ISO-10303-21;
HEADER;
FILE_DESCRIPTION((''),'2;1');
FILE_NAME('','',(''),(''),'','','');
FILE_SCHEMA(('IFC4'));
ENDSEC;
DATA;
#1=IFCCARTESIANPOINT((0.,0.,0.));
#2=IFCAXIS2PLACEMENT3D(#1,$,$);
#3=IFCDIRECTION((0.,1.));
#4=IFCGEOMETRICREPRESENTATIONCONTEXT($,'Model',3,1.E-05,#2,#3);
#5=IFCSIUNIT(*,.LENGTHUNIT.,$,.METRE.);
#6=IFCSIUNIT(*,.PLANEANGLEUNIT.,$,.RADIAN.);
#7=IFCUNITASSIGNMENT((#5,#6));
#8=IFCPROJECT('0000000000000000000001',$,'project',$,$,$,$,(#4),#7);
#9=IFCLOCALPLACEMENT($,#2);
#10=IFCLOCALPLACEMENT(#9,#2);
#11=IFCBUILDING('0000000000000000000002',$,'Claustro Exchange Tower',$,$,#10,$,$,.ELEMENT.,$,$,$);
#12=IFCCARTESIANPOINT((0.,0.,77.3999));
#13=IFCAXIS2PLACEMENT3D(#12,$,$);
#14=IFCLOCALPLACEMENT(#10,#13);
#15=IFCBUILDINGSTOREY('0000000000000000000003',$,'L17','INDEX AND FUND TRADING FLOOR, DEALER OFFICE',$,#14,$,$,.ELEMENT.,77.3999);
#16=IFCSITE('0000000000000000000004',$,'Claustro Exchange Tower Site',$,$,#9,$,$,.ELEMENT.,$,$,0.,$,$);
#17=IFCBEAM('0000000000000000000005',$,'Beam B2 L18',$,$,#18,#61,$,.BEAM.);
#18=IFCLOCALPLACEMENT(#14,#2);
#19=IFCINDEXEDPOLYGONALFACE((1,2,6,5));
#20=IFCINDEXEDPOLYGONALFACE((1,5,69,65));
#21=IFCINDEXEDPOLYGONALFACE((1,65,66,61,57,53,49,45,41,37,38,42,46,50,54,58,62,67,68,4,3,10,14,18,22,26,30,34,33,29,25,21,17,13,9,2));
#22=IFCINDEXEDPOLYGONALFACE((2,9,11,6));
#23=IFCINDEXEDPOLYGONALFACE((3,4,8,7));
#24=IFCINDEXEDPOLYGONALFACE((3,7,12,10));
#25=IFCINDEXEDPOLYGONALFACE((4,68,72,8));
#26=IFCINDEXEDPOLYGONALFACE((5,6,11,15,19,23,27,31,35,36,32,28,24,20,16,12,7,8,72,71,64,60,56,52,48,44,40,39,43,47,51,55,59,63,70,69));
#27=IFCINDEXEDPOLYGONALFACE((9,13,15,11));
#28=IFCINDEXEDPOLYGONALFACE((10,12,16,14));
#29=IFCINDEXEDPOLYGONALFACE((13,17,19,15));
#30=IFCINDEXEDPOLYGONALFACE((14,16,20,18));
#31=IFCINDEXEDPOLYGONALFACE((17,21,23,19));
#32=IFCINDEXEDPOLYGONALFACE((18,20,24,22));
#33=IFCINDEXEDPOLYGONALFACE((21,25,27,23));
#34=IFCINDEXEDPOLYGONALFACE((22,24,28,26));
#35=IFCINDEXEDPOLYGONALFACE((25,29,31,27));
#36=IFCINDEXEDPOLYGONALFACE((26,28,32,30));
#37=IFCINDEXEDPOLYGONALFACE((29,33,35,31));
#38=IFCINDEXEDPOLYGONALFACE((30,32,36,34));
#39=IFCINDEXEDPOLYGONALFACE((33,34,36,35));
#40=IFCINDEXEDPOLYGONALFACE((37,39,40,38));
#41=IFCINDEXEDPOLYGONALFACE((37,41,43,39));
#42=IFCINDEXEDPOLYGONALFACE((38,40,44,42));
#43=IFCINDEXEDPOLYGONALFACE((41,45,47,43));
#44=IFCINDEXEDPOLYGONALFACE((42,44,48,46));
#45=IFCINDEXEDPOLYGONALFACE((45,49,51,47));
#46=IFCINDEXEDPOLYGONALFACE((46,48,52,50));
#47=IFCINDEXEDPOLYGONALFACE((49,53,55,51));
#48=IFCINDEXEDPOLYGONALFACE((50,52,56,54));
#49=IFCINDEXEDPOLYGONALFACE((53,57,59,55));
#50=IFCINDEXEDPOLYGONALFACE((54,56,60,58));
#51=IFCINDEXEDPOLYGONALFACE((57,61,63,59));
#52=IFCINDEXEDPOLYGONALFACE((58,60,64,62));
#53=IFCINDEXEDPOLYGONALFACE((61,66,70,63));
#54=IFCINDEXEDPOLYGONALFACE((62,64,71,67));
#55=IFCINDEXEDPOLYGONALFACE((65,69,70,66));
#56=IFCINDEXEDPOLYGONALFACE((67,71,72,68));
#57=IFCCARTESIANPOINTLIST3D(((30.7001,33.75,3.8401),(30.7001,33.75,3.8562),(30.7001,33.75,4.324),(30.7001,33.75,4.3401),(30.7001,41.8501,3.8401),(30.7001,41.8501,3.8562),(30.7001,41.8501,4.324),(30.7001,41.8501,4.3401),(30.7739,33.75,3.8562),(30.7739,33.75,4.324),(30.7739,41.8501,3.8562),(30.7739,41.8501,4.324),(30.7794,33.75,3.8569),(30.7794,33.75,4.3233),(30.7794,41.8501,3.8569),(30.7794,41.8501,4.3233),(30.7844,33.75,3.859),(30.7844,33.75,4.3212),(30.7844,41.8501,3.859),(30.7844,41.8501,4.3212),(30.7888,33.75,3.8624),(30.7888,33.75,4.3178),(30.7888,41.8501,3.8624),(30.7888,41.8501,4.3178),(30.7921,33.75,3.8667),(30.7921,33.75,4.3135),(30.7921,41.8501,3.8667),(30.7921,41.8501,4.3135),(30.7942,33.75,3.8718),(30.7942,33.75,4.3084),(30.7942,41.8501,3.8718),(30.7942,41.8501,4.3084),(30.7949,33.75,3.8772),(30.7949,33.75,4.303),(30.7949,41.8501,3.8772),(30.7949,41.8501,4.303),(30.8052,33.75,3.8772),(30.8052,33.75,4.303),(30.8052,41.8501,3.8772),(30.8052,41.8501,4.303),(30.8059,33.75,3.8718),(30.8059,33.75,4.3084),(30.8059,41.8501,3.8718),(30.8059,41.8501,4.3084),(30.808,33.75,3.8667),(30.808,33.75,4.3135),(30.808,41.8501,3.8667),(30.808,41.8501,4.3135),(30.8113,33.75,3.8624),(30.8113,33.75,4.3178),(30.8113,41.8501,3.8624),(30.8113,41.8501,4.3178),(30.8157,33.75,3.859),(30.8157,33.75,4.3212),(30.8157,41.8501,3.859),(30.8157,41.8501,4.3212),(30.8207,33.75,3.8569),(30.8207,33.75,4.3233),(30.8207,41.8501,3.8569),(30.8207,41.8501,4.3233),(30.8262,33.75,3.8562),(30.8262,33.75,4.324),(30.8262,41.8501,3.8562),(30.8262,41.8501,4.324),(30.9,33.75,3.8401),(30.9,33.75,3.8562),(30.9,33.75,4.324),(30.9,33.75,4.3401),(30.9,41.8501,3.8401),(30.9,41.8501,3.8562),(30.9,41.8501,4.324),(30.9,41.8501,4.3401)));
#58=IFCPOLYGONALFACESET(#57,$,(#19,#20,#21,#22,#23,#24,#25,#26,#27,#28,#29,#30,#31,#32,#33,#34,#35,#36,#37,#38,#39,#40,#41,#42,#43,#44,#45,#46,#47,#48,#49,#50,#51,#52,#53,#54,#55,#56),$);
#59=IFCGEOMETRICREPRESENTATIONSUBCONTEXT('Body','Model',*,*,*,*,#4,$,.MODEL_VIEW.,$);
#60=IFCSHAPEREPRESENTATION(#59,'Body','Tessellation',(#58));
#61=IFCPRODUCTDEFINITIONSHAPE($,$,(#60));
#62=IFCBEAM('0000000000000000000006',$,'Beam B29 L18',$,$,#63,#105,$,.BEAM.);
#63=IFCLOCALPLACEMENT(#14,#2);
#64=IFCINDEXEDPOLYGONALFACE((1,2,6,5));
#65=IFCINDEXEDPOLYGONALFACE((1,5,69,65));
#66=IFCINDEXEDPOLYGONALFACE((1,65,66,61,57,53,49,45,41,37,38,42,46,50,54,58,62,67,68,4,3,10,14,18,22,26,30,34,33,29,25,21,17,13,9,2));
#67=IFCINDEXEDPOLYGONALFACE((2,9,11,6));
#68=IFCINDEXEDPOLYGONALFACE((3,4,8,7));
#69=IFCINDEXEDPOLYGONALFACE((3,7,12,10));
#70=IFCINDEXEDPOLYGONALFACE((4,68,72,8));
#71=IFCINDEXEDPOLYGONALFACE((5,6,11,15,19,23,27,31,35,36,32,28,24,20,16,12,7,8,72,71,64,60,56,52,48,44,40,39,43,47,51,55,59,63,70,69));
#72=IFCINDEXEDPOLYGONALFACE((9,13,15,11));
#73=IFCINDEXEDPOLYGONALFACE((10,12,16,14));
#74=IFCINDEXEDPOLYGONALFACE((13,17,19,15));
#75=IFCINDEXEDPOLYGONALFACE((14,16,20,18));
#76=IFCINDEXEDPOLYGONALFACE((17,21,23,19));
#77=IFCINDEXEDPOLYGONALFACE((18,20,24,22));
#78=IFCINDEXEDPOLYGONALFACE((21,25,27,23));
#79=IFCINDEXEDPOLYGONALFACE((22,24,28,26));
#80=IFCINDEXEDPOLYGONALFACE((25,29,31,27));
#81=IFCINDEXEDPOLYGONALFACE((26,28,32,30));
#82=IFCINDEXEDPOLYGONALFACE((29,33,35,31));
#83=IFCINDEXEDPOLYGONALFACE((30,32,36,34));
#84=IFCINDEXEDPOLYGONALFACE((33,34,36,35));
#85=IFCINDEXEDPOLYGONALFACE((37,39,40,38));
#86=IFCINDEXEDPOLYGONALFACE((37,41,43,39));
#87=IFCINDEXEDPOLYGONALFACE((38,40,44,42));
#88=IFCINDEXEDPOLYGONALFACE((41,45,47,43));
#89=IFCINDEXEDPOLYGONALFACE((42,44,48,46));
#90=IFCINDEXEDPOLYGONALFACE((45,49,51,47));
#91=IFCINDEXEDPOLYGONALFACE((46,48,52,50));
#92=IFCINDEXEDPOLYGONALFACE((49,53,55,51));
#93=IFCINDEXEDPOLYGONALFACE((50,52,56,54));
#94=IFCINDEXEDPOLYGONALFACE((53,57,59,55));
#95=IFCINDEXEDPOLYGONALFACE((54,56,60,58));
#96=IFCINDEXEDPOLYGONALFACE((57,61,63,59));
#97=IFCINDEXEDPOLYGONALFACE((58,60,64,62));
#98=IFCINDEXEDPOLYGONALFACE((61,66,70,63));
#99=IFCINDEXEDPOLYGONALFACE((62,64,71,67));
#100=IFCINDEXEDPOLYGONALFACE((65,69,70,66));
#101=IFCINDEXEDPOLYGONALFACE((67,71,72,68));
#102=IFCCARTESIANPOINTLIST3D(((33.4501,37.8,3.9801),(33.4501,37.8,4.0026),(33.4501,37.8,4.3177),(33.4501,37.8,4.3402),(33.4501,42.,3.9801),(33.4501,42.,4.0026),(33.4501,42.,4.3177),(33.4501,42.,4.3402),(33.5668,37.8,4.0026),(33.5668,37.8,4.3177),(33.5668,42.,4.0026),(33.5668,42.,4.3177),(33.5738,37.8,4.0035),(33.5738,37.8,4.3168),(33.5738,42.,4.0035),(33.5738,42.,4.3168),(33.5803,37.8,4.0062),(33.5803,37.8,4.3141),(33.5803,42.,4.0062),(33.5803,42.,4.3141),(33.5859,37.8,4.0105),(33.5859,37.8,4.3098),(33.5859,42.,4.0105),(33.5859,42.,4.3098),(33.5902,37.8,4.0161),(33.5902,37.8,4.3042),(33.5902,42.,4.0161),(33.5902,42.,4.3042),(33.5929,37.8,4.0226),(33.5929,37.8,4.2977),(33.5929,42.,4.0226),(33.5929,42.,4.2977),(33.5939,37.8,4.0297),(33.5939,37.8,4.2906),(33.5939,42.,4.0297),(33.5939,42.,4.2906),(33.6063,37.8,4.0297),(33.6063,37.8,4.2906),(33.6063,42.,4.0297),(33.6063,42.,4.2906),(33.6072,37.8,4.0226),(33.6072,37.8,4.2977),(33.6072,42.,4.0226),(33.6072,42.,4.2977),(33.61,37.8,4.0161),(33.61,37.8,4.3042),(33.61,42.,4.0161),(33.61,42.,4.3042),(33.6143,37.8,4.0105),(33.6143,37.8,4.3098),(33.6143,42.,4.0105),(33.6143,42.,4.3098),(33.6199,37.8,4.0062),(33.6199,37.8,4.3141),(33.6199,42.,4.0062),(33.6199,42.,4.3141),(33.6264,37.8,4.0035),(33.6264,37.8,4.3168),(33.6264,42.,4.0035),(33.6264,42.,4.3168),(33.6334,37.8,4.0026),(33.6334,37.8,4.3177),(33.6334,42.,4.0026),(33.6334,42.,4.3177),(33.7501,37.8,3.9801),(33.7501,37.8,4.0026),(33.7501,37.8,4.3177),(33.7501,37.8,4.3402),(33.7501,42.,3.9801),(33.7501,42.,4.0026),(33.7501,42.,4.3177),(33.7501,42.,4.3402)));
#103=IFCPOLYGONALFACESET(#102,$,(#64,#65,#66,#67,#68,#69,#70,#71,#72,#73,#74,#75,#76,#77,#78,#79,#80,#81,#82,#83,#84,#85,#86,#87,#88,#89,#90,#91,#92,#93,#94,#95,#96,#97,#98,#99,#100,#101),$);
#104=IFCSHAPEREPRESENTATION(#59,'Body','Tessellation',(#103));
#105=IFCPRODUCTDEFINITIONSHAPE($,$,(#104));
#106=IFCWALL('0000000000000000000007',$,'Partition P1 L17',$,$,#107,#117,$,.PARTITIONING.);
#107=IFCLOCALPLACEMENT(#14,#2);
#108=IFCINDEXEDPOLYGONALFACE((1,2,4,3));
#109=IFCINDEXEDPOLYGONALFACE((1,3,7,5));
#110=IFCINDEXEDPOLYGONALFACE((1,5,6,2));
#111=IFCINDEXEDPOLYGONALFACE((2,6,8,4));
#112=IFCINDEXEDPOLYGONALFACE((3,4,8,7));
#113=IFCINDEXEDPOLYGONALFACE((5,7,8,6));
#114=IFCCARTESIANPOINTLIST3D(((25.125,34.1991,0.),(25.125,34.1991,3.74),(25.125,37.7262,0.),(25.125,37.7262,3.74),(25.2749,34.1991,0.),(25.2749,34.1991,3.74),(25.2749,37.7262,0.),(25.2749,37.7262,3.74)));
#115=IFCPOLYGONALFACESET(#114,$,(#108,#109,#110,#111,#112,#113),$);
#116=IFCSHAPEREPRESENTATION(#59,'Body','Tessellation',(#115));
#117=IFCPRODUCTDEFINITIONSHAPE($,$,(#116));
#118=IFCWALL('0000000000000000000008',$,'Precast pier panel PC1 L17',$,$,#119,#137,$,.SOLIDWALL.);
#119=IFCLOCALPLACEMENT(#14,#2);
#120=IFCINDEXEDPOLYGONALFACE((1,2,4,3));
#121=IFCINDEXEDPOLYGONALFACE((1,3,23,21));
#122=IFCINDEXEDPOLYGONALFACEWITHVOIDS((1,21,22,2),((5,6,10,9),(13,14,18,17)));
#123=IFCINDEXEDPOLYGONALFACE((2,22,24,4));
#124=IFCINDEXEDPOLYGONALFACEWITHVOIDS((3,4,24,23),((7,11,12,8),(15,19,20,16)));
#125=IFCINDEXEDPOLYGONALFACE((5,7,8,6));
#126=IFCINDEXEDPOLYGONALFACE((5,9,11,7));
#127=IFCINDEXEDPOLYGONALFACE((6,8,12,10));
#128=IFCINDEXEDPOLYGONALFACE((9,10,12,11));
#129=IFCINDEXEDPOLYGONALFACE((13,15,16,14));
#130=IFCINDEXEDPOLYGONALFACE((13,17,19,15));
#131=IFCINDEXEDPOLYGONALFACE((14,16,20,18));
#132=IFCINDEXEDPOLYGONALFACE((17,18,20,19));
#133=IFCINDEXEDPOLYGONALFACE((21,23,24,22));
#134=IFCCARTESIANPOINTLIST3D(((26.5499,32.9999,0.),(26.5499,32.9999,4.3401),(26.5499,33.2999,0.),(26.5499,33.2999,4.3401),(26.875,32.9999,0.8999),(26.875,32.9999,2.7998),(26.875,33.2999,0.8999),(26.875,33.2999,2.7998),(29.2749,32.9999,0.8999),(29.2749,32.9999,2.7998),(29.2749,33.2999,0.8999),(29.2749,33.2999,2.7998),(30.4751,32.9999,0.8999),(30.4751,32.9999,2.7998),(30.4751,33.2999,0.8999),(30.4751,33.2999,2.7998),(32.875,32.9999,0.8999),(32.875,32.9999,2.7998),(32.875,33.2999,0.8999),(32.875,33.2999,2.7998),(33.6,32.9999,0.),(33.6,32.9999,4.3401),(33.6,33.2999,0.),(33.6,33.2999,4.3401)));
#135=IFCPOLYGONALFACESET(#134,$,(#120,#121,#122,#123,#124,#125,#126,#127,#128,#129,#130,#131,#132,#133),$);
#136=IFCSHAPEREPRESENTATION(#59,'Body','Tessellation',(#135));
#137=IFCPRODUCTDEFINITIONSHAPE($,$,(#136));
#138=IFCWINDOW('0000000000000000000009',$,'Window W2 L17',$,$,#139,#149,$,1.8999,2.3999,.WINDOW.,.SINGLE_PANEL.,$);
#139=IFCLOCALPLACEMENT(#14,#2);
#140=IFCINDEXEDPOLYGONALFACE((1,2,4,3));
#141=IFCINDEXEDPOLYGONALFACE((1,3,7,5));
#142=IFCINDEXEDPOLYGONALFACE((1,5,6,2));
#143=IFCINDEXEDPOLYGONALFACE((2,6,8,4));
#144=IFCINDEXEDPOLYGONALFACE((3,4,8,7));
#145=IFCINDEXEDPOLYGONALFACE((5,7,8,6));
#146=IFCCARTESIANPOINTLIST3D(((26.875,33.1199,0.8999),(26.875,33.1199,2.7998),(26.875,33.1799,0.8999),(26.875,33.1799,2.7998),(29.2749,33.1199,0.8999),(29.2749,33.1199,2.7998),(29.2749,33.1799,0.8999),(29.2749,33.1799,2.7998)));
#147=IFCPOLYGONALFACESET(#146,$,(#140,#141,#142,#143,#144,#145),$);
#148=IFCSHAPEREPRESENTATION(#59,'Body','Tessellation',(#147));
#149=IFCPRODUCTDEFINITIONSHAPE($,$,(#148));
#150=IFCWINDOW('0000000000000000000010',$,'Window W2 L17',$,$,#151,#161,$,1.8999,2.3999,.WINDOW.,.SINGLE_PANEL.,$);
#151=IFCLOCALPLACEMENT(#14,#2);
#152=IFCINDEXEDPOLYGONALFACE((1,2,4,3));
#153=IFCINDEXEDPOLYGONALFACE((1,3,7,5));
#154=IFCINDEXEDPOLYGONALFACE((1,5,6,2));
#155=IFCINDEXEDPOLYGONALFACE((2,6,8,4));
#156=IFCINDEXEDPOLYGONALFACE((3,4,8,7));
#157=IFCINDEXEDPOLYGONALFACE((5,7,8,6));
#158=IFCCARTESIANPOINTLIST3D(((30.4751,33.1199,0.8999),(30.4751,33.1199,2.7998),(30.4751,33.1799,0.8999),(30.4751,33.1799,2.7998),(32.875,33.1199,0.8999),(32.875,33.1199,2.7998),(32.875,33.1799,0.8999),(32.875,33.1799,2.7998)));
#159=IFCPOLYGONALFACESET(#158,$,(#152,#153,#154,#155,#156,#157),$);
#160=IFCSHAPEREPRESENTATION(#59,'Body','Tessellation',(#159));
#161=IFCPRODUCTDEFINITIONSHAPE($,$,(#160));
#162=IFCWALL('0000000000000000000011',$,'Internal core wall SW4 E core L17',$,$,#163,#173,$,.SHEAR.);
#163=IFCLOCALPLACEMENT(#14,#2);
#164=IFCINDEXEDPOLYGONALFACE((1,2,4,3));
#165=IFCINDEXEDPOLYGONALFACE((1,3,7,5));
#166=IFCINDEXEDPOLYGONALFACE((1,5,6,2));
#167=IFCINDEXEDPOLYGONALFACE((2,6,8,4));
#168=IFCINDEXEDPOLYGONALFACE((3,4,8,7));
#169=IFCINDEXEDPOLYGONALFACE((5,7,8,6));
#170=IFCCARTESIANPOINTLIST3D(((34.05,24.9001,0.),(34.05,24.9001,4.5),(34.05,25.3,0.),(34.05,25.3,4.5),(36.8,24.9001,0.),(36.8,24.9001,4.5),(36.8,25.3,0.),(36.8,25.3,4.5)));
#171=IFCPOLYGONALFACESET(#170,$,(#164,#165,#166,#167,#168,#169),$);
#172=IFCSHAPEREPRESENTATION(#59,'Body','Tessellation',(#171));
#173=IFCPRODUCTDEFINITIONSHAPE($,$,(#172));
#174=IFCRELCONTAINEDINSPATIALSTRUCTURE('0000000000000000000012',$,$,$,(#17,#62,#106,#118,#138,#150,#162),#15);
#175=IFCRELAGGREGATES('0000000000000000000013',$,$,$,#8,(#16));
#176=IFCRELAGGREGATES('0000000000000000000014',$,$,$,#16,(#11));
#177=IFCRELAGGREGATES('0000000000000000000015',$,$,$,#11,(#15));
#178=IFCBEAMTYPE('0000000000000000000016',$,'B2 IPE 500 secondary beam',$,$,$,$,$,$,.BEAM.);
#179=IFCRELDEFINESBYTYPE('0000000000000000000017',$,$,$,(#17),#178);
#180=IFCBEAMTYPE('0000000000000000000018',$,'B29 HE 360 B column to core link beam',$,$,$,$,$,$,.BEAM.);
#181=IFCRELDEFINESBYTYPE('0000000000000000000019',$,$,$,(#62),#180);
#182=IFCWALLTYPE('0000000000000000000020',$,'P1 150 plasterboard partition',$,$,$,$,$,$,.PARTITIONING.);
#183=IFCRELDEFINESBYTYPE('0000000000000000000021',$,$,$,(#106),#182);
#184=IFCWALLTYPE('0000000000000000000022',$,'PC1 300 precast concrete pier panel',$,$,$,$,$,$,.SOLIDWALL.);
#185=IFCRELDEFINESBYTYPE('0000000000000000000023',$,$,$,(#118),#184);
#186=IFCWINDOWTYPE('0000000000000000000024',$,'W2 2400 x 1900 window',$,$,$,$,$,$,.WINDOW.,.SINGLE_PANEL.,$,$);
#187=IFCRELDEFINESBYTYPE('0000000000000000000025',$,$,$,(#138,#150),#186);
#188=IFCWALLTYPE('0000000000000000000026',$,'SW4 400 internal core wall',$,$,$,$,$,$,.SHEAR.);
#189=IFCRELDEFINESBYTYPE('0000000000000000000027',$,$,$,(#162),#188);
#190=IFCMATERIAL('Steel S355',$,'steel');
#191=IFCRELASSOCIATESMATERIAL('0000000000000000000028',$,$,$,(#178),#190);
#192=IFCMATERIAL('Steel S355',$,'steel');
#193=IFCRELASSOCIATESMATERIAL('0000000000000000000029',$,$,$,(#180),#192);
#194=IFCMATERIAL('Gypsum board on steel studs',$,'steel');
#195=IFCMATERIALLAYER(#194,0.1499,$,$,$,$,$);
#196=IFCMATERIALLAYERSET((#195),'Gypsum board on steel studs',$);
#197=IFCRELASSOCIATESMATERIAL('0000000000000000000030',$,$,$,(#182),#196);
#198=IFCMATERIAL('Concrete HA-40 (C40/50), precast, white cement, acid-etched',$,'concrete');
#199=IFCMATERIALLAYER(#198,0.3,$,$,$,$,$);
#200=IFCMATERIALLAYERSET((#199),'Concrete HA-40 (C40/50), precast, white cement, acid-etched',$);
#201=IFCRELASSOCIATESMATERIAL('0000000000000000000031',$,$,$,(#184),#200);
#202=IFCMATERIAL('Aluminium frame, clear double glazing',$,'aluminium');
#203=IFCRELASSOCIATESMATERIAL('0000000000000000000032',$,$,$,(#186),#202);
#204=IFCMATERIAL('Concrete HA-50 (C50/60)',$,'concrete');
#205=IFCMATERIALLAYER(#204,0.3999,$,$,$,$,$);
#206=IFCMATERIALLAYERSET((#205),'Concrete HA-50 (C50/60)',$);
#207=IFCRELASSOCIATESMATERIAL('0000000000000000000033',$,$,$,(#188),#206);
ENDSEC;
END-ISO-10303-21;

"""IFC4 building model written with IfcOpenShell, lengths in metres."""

from ifc_helpers import new_model, si_unit, direction, frame, frame_2d, origin, origin_2d, place, context, subcontext, project, spatial, rectangle, i_section, extrude, material, layer, layer_set, material_profile, profile_set, type_object, element, fill, save


model = new_model("IFC4")

# Units and contexts
model_context = context("Model", 3, precision=1e-05, world=origin(), true_north=direction((0.0, 1.0)))
body_context = subcontext(model_context, "Body", "Model", "MODEL_VIEW")
ifc_project = project(units=[si_unit("LENGTHUNIT", "METRE"), si_unit("PLANEANGLEUNIT", "RADIAN")], contexts=[model_context])

# Site, building, storey
site_placement = place(None, origin())
site = spatial("IfcSite", under=ifc_project, at=site_placement, Name="Claustro Exchange Tower Site", CompositionType="ELEMENT", RefElevation=0.0)
building_placement = place(site_placement, origin())
building = spatial("IfcBuilding", under=site, at=building_placement, Name="Claustro Exchange Tower", CompositionType="ELEMENT")
storey_placement = place(building_placement, frame((0.0, 0.0, 77.3999)))
storey = spatial("IfcBuildingStorey", under=building, at=storey_placement, Name="L17", Description="INDEX AND FUND TRADING FLOOR, DEALER OFFICE", CompositionType="ELEMENT", Elevation=77.3999)

# Beams
ifc_material_1 = material(Name="Steel S355", Category="steel")
ifc_material_profile_1 = material_profile(ifc_material_1, i_section(OverallWidth=0.2, OverallDepth=0.5, WebThickness=0.0103, FlangeThickness=0.0161, FilletRadius=0.021, at=origin_2d()), Name="IPE 500")
ifc_profile_set_1 = profile_set([ifc_material_profile_1], Name="Steel S355")
beam_type_1 = type_object("IfcBeamType", Name="B2 IPE 500 secondary beam", PredefinedType="BEAM", material=ifc_profile_set_1)
for number, where, z_axis, x_axis, name in (
    (1, (30.8, 33.75, 4.0901), (0.0, 1.0, 0.0), (-1.0, 0.0, 0.0), "Beam B2 L18"),
):
    element("IfcBeam", number, at=place(storey_placement, frame(where, z_axis=z_axis, x_axis=x_axis)), inside=storey, type_object=beam_type_1, Name=name, PredefinedType="BEAM", context=body_context, shape_type="SweptSolid", body=[
        extrude(i_section(OverallWidth=0.2, OverallDepth=0.5, WebThickness=0.0103, FlangeThickness=0.0161, FilletRadius=0.021, at=origin_2d()), origin(), (0.0, 0.0, 1.0), 8.1001),
    ])
ifc_material_2 = material(Name="Steel S355", Category="steel")
ifc_material_profile_2 = material_profile(ifc_material_2, i_section(OverallWidth=0.3, OverallDepth=0.3601, WebThickness=0.0125, FlangeThickness=0.0225, FilletRadius=0.0271, at=origin_2d()), Name="HE 360 B")
ifc_profile_set_2 = profile_set([ifc_material_profile_2], Name="Steel S355")
beam_type_2 = type_object("IfcBeamType", Name="B29 HE 360 B column to core link beam", PredefinedType="BEAM", material=ifc_profile_set_2)
beam_1_placement = place(storey_placement, frame((33.6001, 37.8, 4.1602), z_axis=(0.0, 1.0, 0.0), x_axis=(-1.0, 0.0, 0.0)))
element("IfcBeam", 2, at=beam_1_placement, inside=storey, type_object=beam_type_2, Name="Beam B29 L18", PredefinedType="BEAM", context=body_context, shape_type="SweptSolid", body=[
    extrude(i_section(OverallWidth=0.3, OverallDepth=0.3601, WebThickness=0.0125, FlangeThickness=0.0225, FilletRadius=0.0271, at=origin_2d()), origin(), (0.0, 0.0, 1.0), 4.2),
])

# Wall
ifc_material_3 = material(Name="Gypsum board on steel studs", Category="steel")
ifc_layer_1 = layer(ifc_material_3, 0.1499)
ifc_layer_set_1 = layer_set([ifc_layer_1], Name="Gypsum board on steel studs")
wall_type_1 = type_object("IfcWallType", Name="P1 150 plasterboard partition", PredefinedType="PARTITIONING", material=ifc_layer_set_1)
wall_1_placement = place(storey_placement, frame((25.2, 34.199, 0.0), z_axis=(0.0, 0.0, 1.0), x_axis=(0.0, 1.0, 0.0)))
element("IfcWall", 3, at=wall_1_placement, inside=storey, type_object=wall_type_1, Name="Partition P1 L17", PredefinedType="PARTITIONING", context=body_context, shape_type="SweptSolid", body=[
    extrude(rectangle(XDim=3.5271, YDim=0.1499, at=frame_2d((1.7637, 0.0))), origin(), (0.0, 0.0, 1.0), 3.74),
])

# Wall, openings, windows
ifc_material_4 = material(Name="Concrete HA-40 (C40/50), precast, white cement, acid-etched", Category="concrete")
ifc_layer_2 = layer(ifc_material_4, 0.3)
ifc_layer_set_2 = layer_set([ifc_layer_2], Name="Concrete HA-40 (C40/50), precast, white cement, acid-etched")
wall_type_2 = type_object("IfcWallType", Name="PC1 300 precast concrete pier panel", PredefinedType="SOLIDWALL", material=ifc_layer_set_2)
wall_2_placement = place(storey_placement, frame((26.55, 33.1499, 0.0), z_axis=(0.0, 0.0, 1.0), x_axis=(1.0, 0.0, 0.0)))
wall_2 = element("IfcWall", 4, at=wall_2_placement, inside=storey, type_object=wall_type_2, Name="Precast pier panel PC1 L17", PredefinedType="SOLIDWALL", context=body_context, shape_type="SweptSolid", body=[
    extrude(rectangle(XDim=7.05, YDim=0.3, at=frame_2d((3.5249, 0.0))), origin(), (0.0, 0.0, 1.0), 4.3401),
])
opening_1_placement = place(wall_2_placement, frame((0.325, 0.0, 0.8999)))
opening_1 = element("IfcOpeningElement", 5, at=opening_1_placement, cuts=wall_2, PredefinedType="OPENING", context=body_context, shape_type="SweptSolid", body=[
    extrude(rectangle(XDim=2.3999, YDim=1.8999, at=frame_2d((1.2, 0.95))), frame((0.0, 0.1599, 0.0), z_axis=(0.0, -1.0, 0.0), x_axis=(1.0, 0.0, 0.0)), (0.0, 0.0, 1.0), 0.3201),
])
opening_2_placement = place(wall_2_placement, frame((3.925, 0.0, 0.8999)))
opening_2 = element("IfcOpeningElement", 6, at=opening_2_placement, cuts=wall_2, PredefinedType="OPENING", context=body_context, shape_type="SweptSolid", body=[
    extrude(rectangle(XDim=2.3999, YDim=1.8999, at=frame_2d((1.2, 0.95))), frame((0.0, 0.1599, 0.0), z_axis=(0.0, -1.0, 0.0), x_axis=(1.0, 0.0, 0.0)), (0.0, 0.0, 1.0), 0.3201),
])
ifc_material_5 = material(Name="Aluminium frame, clear double glazing", Category="aluminium")
window_type = type_object("IfcWindowType", Name="W2 2400 x 1900 window", PartitioningType="SINGLE_PANEL", PredefinedType="WINDOW", material=ifc_material_5)
window_1_placement = place(opening_1_placement, origin())
window_1 = element("IfcWindow", 7, at=window_1_placement, inside=storey, type_object=window_type, Name="Window W2 L17", OverallHeight=1.8999, OverallWidth=2.3999, PartitioningType="SINGLE_PANEL", PredefinedType="WINDOW", context=body_context, shape_type="SweptSolid", body=[
    extrude(rectangle(XDim=2.3999, YDim=1.8999, at=frame_2d((1.2, 0.95))), frame((0.0, 0.03, 0.0), z_axis=(0.0, -1.0, 0.0), x_axis=(1.0, 0.0, 0.0)), (0.0, 0.0, 1.0), 0.0601),
])
fill(opening_1, window_1)
window_2_placement = place(opening_2_placement, origin())
window_2 = element("IfcWindow", 8, at=window_2_placement, inside=storey, type_object=window_type, Name="Window W2 L17", OverallHeight=1.8999, OverallWidth=2.3999, PartitioningType="SINGLE_PANEL", PredefinedType="WINDOW", context=body_context, shape_type="SweptSolid", body=[
    extrude(rectangle(XDim=2.3999, YDim=1.8999, at=frame_2d((1.2, 0.95))), frame((0.0, 0.03, 0.0), z_axis=(0.0, -1.0, 0.0), x_axis=(1.0, 0.0, 0.0)), (0.0, 0.0, 1.0), 0.0601),
])
fill(opening_2, window_2)

# Wall
ifc_material_6 = material(Name="Concrete HA-50 (C50/60)", Category="concrete")
ifc_layer_3 = layer(ifc_material_6, 0.3999)
ifc_layer_set_3 = layer_set([ifc_layer_3], Name="Concrete HA-50 (C50/60)")
wall_type_3 = type_object("IfcWallType", Name="SW4 400 internal core wall", PredefinedType="SHEAR", material=ifc_layer_set_3)
wall_3_placement = place(storey_placement, frame((36.8, 25.1001, 0.0), z_axis=(0.0, 0.0, 1.0), x_axis=(-1.0, 0.0, 0.0)))
element("IfcWall", 9, at=wall_3_placement, inside=storey, type_object=wall_type_3, Name="Internal core wall SW4 E core L17", PredefinedType="SHEAR", context=body_context, shape_type="SweptSolid", body=[
    extrude(rectangle(XDim=2.75, YDim=0.3999, at=frame_2d((1.375, 0.0))), origin(), (0.0, 0.0, 1.0), 4.5),
])

save(model, "model.ifc")
